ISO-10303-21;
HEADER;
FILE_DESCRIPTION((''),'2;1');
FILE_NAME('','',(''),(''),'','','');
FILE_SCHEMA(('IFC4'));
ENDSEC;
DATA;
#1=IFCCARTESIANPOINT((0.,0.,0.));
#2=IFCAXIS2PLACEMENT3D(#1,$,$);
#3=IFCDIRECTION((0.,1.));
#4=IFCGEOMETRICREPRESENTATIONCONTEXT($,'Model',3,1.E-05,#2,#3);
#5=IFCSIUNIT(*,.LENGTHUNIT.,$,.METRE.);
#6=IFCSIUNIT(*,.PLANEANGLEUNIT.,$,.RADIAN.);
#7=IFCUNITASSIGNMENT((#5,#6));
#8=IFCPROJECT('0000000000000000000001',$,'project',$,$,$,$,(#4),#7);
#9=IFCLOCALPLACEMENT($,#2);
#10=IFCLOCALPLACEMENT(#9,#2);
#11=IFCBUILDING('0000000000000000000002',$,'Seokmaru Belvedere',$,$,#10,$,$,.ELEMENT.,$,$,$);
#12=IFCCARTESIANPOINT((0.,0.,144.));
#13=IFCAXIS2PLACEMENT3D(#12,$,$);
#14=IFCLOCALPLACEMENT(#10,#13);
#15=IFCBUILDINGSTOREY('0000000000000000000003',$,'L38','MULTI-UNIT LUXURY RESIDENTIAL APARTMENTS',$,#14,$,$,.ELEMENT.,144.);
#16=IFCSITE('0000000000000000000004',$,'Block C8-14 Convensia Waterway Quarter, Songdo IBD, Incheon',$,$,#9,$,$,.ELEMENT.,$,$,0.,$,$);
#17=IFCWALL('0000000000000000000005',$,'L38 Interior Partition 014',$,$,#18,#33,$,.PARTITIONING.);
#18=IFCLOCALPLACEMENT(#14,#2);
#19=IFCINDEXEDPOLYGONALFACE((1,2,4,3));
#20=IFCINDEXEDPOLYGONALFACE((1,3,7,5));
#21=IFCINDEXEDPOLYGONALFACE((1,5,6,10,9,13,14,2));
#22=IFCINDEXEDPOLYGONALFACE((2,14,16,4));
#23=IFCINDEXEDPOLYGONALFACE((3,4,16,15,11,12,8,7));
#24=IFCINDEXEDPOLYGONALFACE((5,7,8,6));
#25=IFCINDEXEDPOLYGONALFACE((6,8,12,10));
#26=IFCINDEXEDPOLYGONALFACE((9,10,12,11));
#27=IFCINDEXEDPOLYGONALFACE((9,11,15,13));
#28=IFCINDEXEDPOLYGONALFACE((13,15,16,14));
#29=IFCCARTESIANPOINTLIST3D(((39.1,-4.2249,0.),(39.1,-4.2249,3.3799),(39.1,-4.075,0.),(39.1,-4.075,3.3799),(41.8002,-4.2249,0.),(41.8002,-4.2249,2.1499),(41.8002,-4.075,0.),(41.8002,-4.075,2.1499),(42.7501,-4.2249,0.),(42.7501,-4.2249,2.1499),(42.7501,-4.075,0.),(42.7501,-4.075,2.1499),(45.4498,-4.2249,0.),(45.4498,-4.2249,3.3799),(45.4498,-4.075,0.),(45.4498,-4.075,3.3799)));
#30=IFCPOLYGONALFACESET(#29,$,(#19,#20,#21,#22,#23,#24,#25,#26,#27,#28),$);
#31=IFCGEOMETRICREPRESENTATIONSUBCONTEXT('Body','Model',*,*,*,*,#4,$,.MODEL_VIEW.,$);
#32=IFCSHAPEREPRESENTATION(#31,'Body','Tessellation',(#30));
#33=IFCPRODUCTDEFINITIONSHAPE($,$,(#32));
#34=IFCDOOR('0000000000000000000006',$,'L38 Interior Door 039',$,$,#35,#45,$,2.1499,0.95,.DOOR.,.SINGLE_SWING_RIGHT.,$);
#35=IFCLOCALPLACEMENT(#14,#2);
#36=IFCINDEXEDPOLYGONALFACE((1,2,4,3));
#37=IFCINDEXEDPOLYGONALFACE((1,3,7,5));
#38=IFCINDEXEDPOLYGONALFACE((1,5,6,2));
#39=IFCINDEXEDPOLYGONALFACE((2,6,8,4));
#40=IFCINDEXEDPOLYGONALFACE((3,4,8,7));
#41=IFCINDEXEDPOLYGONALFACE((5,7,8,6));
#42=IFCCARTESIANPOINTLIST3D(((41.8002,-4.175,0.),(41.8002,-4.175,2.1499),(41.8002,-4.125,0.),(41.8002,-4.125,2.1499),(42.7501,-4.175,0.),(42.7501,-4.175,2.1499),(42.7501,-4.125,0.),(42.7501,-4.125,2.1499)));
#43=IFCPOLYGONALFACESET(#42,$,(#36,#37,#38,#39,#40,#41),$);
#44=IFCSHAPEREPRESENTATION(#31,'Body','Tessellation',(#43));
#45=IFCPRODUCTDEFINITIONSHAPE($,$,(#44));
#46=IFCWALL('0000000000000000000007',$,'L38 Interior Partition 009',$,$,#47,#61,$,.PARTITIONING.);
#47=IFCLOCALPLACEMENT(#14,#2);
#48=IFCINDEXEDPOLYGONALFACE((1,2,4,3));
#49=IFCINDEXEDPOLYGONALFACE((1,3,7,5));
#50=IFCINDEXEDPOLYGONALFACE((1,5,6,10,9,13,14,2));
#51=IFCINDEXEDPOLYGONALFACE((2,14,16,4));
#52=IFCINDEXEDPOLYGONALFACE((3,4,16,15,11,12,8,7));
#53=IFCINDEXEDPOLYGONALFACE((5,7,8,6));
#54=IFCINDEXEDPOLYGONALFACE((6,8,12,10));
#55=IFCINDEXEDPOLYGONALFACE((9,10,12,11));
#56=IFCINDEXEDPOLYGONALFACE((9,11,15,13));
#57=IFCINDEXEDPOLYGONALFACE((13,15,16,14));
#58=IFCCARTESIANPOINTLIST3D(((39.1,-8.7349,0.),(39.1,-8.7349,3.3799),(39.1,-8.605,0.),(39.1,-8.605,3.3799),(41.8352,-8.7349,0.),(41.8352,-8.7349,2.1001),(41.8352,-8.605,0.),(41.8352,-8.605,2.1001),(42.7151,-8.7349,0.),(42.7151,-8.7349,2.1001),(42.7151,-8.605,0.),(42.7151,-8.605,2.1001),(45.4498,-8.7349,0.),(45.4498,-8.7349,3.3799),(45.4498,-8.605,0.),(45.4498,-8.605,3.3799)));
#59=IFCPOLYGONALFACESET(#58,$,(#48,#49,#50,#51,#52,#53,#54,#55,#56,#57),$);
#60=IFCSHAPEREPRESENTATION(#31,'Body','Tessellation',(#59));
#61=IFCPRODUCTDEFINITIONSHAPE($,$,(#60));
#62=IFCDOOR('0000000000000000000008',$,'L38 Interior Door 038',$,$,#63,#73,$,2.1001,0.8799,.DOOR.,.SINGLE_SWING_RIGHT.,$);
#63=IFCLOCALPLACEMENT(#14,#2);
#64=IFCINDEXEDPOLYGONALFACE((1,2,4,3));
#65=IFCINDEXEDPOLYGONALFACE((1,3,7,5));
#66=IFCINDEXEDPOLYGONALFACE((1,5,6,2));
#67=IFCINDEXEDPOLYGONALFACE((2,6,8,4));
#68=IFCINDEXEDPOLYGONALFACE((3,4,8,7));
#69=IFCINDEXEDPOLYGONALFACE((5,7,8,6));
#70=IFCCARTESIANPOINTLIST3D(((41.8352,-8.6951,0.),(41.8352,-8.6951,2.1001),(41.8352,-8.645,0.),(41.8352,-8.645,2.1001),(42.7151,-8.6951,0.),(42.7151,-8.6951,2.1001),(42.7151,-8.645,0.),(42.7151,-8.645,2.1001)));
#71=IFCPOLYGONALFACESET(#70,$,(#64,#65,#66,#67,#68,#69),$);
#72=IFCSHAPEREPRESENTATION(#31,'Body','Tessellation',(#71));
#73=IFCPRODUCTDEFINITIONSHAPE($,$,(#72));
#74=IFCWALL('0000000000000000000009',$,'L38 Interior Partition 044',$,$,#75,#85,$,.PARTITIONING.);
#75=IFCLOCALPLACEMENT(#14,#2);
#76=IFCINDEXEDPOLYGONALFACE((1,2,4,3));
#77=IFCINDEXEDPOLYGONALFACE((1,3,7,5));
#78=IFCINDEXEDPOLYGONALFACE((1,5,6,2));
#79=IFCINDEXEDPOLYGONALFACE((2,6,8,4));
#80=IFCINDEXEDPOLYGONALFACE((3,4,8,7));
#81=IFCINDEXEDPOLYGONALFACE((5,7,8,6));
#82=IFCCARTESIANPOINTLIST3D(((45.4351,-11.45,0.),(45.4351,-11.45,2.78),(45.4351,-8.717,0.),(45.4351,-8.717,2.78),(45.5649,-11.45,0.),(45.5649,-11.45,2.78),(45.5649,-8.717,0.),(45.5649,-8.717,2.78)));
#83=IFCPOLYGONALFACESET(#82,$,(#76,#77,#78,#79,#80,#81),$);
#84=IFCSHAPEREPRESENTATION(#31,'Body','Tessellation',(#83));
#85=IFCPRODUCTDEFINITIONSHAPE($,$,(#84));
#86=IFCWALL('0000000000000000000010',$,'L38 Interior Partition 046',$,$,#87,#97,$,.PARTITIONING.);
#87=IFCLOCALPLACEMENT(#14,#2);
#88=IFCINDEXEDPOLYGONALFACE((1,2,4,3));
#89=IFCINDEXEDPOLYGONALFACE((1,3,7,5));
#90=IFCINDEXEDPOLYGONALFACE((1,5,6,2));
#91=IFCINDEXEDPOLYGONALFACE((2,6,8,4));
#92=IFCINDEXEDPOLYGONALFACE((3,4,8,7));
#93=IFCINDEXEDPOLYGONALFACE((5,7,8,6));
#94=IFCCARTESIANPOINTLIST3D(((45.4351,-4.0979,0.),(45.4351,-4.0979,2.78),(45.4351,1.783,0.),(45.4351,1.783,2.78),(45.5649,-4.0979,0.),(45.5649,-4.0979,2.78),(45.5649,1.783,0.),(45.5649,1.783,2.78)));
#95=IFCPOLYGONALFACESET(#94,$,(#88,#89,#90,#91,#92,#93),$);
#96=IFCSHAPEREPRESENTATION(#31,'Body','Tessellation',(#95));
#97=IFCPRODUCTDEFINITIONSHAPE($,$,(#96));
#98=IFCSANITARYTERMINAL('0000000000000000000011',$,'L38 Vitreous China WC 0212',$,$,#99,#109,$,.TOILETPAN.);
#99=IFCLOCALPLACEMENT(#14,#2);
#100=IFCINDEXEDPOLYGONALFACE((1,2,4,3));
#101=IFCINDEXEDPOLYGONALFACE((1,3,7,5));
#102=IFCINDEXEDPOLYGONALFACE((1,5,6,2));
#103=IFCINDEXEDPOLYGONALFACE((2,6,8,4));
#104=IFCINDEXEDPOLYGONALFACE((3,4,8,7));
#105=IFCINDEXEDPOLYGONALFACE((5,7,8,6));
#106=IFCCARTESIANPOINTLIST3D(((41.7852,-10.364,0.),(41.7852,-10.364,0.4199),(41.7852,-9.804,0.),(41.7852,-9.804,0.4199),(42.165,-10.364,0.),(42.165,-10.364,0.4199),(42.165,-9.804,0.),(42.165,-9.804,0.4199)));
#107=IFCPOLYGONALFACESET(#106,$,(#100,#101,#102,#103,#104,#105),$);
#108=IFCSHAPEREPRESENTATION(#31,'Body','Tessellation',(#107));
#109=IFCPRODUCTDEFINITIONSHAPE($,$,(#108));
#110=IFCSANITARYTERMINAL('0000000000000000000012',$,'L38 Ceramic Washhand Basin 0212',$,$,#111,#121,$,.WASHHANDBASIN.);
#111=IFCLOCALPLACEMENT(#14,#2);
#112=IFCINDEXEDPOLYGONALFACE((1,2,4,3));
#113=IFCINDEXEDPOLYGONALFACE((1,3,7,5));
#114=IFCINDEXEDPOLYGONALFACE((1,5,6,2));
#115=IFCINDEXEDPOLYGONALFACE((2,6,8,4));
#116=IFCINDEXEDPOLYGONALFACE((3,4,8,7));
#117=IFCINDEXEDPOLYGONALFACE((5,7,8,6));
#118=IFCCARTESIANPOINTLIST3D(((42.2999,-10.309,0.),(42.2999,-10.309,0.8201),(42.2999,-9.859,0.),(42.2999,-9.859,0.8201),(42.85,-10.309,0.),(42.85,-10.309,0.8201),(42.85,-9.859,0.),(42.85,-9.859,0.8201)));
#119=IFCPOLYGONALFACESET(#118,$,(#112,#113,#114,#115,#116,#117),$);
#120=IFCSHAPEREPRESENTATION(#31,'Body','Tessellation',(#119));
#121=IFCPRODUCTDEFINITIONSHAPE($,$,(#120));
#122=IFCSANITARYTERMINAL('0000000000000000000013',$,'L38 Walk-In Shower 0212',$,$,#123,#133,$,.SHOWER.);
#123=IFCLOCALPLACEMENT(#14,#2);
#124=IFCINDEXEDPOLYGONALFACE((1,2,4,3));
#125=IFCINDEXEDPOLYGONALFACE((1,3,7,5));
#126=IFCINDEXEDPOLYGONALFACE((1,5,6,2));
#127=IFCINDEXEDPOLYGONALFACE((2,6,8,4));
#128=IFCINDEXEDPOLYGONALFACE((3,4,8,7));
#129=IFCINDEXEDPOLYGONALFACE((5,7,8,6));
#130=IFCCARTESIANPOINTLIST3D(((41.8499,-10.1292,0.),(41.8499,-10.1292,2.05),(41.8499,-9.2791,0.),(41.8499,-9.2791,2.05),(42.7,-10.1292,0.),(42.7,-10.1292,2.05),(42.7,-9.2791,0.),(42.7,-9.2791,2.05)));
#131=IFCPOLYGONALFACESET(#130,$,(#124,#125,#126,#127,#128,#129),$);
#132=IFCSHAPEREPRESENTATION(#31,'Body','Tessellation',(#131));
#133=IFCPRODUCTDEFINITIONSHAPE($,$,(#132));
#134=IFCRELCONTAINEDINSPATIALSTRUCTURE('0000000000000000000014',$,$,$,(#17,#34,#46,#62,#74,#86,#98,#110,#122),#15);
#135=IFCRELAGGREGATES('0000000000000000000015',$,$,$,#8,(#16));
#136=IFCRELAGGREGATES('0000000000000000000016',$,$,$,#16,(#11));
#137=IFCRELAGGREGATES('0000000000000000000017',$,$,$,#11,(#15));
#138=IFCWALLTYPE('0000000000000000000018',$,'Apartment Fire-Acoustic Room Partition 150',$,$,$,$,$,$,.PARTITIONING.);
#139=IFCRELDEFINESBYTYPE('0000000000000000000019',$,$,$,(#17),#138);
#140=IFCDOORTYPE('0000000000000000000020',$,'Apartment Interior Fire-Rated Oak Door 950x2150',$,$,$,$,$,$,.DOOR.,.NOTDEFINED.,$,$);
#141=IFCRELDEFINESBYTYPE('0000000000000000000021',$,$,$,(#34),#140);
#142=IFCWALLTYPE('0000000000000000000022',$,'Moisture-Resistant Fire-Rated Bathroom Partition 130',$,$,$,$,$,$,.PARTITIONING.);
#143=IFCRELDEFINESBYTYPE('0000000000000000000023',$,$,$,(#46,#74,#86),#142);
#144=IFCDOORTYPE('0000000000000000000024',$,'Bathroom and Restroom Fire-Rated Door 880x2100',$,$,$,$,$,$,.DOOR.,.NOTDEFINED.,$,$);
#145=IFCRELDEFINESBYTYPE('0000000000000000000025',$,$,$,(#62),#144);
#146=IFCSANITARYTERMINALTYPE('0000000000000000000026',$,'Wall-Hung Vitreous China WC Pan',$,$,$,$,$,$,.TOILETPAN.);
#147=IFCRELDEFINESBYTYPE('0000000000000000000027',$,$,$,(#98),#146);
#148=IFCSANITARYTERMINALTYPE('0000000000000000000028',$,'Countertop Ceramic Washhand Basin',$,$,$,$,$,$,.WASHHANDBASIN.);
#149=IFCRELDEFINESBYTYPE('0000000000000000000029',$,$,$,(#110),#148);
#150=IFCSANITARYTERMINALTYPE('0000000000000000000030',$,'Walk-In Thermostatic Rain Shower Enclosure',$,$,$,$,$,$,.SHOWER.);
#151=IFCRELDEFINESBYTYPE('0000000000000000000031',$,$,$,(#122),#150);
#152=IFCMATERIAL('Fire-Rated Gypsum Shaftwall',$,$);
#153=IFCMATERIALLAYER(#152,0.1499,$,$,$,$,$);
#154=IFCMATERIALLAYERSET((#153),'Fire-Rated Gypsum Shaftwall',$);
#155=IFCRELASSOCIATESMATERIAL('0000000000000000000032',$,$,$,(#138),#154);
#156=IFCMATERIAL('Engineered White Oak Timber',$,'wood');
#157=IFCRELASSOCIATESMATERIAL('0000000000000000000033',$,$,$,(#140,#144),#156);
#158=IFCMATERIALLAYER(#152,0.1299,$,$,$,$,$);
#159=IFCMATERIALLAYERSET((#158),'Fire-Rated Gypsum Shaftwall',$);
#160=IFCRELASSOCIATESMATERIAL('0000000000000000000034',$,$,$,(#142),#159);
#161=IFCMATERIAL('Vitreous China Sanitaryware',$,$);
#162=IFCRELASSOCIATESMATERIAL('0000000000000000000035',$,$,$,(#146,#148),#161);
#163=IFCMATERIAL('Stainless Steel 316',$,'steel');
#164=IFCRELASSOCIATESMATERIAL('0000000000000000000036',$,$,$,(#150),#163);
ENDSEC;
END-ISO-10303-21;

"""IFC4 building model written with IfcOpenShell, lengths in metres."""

from ifc_helpers import new_model, si_unit, direction, frame, frame_2d, origin, origin_2d, place, context, subcontext, project, spatial, rectangle, extrude, source, transform, mapped, material, layer, layer_set, type_object, type_shapes, element, fill, save


model = new_model("IFC4")

# Units and contexts
model_context = context("Model", 3, precision=1e-05, world=origin(), true_north=direction((0.0, 1.0)))
body_context = subcontext(model_context, "Body", "Model", "MODEL_VIEW")
ifc_project = project(units=[si_unit("LENGTHUNIT", "METRE"), si_unit("PLANEANGLEUNIT", "RADIAN")], contexts=[model_context])

# Site, building, storey
site_placement = place(None, origin())
site = spatial("IfcSite", under=ifc_project, at=site_placement, Name="Block C8-14 Convensia Waterway Quarter, Songdo IBD, Incheon", CompositionType="ELEMENT", RefElevation=0.0)
building_placement = place(site_placement, origin())
building = spatial("IfcBuilding", under=site, at=building_placement, Name="Seokmaru Belvedere", CompositionType="ELEMENT")
storey_placement = place(building_placement, frame((0.0, 0.0, 144.0)))
storey = spatial("IfcBuildingStorey", under=building, at=storey_placement, Name="L38", Description="MULTI-UNIT LUXURY RESIDENTIAL APARTMENTS", CompositionType="ELEMENT", Elevation=144.0)

# Walls, openings, doors
ifc_material_1 = material(Name="Fire-Rated Gypsum Shaftwall")
ifc_layer_1 = layer(ifc_material_1, 0.1499)
ifc_layer_set_1 = layer_set([ifc_layer_1], Name="Fire-Rated Gypsum Shaftwall")
wall_type_1 = type_object("IfcWallType", Name="Apartment Fire-Acoustic Room Partition 150", PredefinedType="PARTITIONING", material=ifc_layer_set_1)
ifc_material_2 = material(Name="Engineered White Oak Timber", Category="wood")
door_type_1 = type_object("IfcDoorType", Name="Apartment Interior Fire-Rated Oak Door 950x2150", OperationType="NOTDEFINED", PredefinedType="DOOR", material=ifc_material_2)
shared_shape_1 = source(origin(), body_context, "Body", "SweptSolid", [
    extrude(rectangle(XDim=0.95, YDim=2.1499, at=frame_2d((0.4751, 1.075))), frame((0.0, 0.0249, 0.0), z_axis=(0.0, -1.0, 0.0), x_axis=(1.0, 0.0, 0.0)), (0.0, 0.0, 1.0), 0.05),
])
type_shapes(door_type_1, [shared_shape_1])
wall_1_placement = place(storey_placement, frame((39.1001, -4.1499, 0.0), z_axis=(0.0, 0.0, 1.0), x_axis=(1.0, 0.0, 0.0)))
wall_1 = element("IfcWall", 1, at=wall_1_placement, inside=storey, type_object=wall_type_1, Name="L38 Interior Partition 014", PredefinedType="PARTITIONING", context=body_context, shape_type="SweptSolid", body=[
    extrude(rectangle(XDim=6.3499, YDim=0.1499, at=frame_2d((3.1748, 0.0))), origin(), (0.0, 0.0, 1.0), 3.3799),
])
opening_1_placement = place(wall_1_placement, frame((2.7, 0.0, 0.0)))
opening_1 = element("IfcOpeningElement", 2, at=opening_1_placement, cuts=wall_1, PredefinedType="OPENING", context=body_context, shape_type="SweptSolid", body=[
    extrude(rectangle(XDim=0.95, YDim=2.1499, at=frame_2d((0.4751, 1.075))), frame((0.0, 0.085, 0.0), z_axis=(0.0, -1.0, 0.0), x_axis=(1.0, 0.0, 0.0)), (0.0, 0.0, 1.0), 0.1699),
])
door_1_placement = place(opening_1_placement, origin())
door_1 = element("IfcDoor", 3, at=door_1_placement, inside=storey, type_object=door_type_1, Name="L38 Interior Door 039", OperationType="SINGLE_SWING_RIGHT", OverallHeight=2.1499, OverallWidth=0.95, PredefinedType="DOOR", context=body_context, shape_type="MappedRepresentation", body=[
    mapped(shared_shape_1, transform((0.0, 0.0, 0.0), scale=1.0)),
])
fill(opening_1, door_1)
ifc_layer_2 = layer(ifc_material_1, 0.1299)
ifc_layer_set_2 = layer_set([ifc_layer_2], Name="Fire-Rated Gypsum Shaftwall")
wall_type_2 = type_object("IfcWallType", Name="Moisture-Resistant Fire-Rated Bathroom Partition 130", PredefinedType="PARTITIONING", material=ifc_layer_set_2)
wall_2_placement = place(storey_placement, frame((39.1001, -8.6699, 0.0), z_axis=(0.0, 0.0, 1.0), x_axis=(1.0, 0.0, 0.0)))
wall_2 = element("IfcWall", 4, at=wall_2_placement, inside=storey, type_object=wall_type_2, Name="L38 Interior Partition 009", PredefinedType="PARTITIONING", context=body_context, shape_type="SweptSolid", body=[
    extrude(rectangle(XDim=6.3499, YDim=0.1299, at=frame_2d((3.1748, 0.0))), origin(), (0.0, 0.0, 1.0), 3.3799),
])
opening_2_placement = place(wall_2_placement, frame((2.7351, 0.0, 0.0)))
opening_2 = element("IfcOpeningElement", 5, at=opening_2_placement, cuts=wall_2, PredefinedType="OPENING", context=body_context, shape_type="SweptSolid", body=[
    extrude(rectangle(XDim=0.8799, YDim=2.1001, at=frame_2d((0.4399, 1.05))), frame((0.0, 0.075, 0.0), z_axis=(0.0, -1.0, 0.0), x_axis=(1.0, 0.0, 0.0)), (0.0, 0.0, 1.0), 0.1499),
])
door_type_2 = type_object("IfcDoorType", Name="Bathroom and Restroom Fire-Rated Door 880x2100", OperationType="NOTDEFINED", PredefinedType="DOOR", material=ifc_material_2)
shared_shape_2 = source(origin(), body_context, "Body", "SweptSolid", [
    extrude(rectangle(XDim=0.8799, YDim=2.1001, at=frame_2d((0.4399, 1.05))), frame((0.0, 0.0249, 0.0), z_axis=(0.0, -1.0, 0.0), x_axis=(1.0, 0.0, 0.0)), (0.0, 0.0, 1.0), 0.05),
])
type_shapes(door_type_2, [shared_shape_2])
door_2_placement = place(opening_2_placement, origin())
door_2 = element("IfcDoor", 6, at=door_2_placement, inside=storey, type_object=door_type_2, Name="L38 Interior Door 038", OperationType="SINGLE_SWING_RIGHT", OverallHeight=2.1001, OverallWidth=0.8799, PredefinedType="DOOR", context=body_context, shape_type="MappedRepresentation", body=[
    mapped(shared_shape_2, transform((0.0, 0.0, 0.0), scale=1.0)),
])
fill(opening_2, door_2)

# Walls
wall_3_placement = place(storey_placement, frame((45.5, -11.45, 0.0), z_axis=(0.0, 0.0, 1.0), x_axis=(0.0, 1.0, 0.0)))
element("IfcWall", 7, at=wall_3_placement, inside=storey, type_object=wall_type_2, Name="L38 Interior Partition 044", PredefinedType="PARTITIONING", context=body_context, shape_type="SweptSolid", body=[
    extrude(rectangle(XDim=2.7329, YDim=0.1299, at=frame_2d((1.3665, 0.0))), origin(), (0.0, 0.0, 1.0), 2.78),
])
wall_4_placement = place(storey_placement, frame((45.5, -4.0979, 0.0), z_axis=(0.0, 0.0, 1.0), x_axis=(0.0, 1.0, 0.0)))
element("IfcWall", 8, at=wall_4_placement, inside=storey, type_object=wall_type_2, Name="L38 Interior Partition 046", PredefinedType="PARTITIONING", context=body_context, shape_type="SweptSolid", body=[
    extrude(rectangle(XDim=5.8809, YDim=0.1299, at=frame_2d((2.9404, 0.0))), origin(), (0.0, 0.0, 1.0), 2.78),
])

# Sanitary terminals
ifc_material_3 = material(Name="Vitreous China Sanitaryware")
sanitary_terminal_type_1 = type_object("IfcSanitaryTerminalType", Name="Wall-Hung Vitreous China WC Pan", PredefinedType="TOILETPAN", material=ifc_material_3)
shared_shape_3 = source(origin(), body_context, "Body", "SweptSolid", [
    extrude(rectangle(XDim=0.3799, YDim=0.5601, at=origin_2d()), origin(), (0.0, 0.0, 1.0), 0.4199),
])
type_shapes(sanitary_terminal_type_1, [shared_shape_3])
sanitary_terminal_1_placement = place(storey_placement, frame((41.9751, -10.084, 0.0), z_axis=(0.0, 0.0, 1.0), x_axis=(1.0, 0.0, 0.0)))
element("IfcSanitaryTerminal", 9, at=sanitary_terminal_1_placement, inside=storey, type_object=sanitary_terminal_type_1, Name="L38 Vitreous China WC 0212", PredefinedType="TOILETPAN", context=body_context, shape_type="MappedRepresentation", body=[
    mapped(shared_shape_3, transform((0.0, 0.0, 0.0), scale=1.0)),
])
sanitary_terminal_type_2 = type_object("IfcSanitaryTerminalType", Name="Countertop Ceramic Washhand Basin", PredefinedType="WASHHANDBASIN", material=ifc_material_3)
shared_shape_4 = source(origin(), body_context, "Body", "SweptSolid", [
    extrude(rectangle(XDim=0.55, YDim=0.45, at=origin_2d()), origin(), (0.0, 0.0, 1.0), 0.8201),
])
type_shapes(sanitary_terminal_type_2, [shared_shape_4])
sanitary_terminal_2_placement = place(storey_placement, frame((42.575, -10.084, 0.0), z_axis=(0.0, 0.0, 1.0), x_axis=(1.0, 0.0, 0.0)))
element("IfcSanitaryTerminal", 10, at=sanitary_terminal_2_placement, inside=storey, type_object=sanitary_terminal_type_2, Name="L38 Ceramic Washhand Basin 0212", PredefinedType="WASHHANDBASIN", context=body_context, shape_type="MappedRepresentation", body=[
    mapped(shared_shape_4, transform((0.0, 0.0, 0.0), scale=1.0)),
])
ifc_material_4 = material(Name="Stainless Steel 316", Category="steel")
sanitary_terminal_type_3 = type_object("IfcSanitaryTerminalType", Name="Walk-In Thermostatic Rain Shower Enclosure", PredefinedType="SHOWER", material=ifc_material_4)
shared_shape_5 = source(origin(), body_context, "Body", "SweptSolid", [
    extrude(rectangle(XDim=0.8501, YDim=0.8501, at=origin_2d()), origin(), (0.0, 0.0, 1.0), 2.05),
])
type_shapes(sanitary_terminal_type_3, [shared_shape_5])
sanitary_terminal_3_placement = place(storey_placement, frame((42.2749, -9.7041, 0.0), z_axis=(0.0, 0.0, 1.0), x_axis=(1.0, 0.0, 0.0)))
element("IfcSanitaryTerminal", 11, at=sanitary_terminal_3_placement, inside=storey, type_object=sanitary_terminal_type_3, Name="L38 Walk-In Shower 0212", PredefinedType="SHOWER", context=body_context, shape_type="MappedRepresentation", body=[
    mapped(shared_shape_5, transform((0.0, 0.0, 0.0), scale=1.0)),
])

save(model, "model.ifc")
